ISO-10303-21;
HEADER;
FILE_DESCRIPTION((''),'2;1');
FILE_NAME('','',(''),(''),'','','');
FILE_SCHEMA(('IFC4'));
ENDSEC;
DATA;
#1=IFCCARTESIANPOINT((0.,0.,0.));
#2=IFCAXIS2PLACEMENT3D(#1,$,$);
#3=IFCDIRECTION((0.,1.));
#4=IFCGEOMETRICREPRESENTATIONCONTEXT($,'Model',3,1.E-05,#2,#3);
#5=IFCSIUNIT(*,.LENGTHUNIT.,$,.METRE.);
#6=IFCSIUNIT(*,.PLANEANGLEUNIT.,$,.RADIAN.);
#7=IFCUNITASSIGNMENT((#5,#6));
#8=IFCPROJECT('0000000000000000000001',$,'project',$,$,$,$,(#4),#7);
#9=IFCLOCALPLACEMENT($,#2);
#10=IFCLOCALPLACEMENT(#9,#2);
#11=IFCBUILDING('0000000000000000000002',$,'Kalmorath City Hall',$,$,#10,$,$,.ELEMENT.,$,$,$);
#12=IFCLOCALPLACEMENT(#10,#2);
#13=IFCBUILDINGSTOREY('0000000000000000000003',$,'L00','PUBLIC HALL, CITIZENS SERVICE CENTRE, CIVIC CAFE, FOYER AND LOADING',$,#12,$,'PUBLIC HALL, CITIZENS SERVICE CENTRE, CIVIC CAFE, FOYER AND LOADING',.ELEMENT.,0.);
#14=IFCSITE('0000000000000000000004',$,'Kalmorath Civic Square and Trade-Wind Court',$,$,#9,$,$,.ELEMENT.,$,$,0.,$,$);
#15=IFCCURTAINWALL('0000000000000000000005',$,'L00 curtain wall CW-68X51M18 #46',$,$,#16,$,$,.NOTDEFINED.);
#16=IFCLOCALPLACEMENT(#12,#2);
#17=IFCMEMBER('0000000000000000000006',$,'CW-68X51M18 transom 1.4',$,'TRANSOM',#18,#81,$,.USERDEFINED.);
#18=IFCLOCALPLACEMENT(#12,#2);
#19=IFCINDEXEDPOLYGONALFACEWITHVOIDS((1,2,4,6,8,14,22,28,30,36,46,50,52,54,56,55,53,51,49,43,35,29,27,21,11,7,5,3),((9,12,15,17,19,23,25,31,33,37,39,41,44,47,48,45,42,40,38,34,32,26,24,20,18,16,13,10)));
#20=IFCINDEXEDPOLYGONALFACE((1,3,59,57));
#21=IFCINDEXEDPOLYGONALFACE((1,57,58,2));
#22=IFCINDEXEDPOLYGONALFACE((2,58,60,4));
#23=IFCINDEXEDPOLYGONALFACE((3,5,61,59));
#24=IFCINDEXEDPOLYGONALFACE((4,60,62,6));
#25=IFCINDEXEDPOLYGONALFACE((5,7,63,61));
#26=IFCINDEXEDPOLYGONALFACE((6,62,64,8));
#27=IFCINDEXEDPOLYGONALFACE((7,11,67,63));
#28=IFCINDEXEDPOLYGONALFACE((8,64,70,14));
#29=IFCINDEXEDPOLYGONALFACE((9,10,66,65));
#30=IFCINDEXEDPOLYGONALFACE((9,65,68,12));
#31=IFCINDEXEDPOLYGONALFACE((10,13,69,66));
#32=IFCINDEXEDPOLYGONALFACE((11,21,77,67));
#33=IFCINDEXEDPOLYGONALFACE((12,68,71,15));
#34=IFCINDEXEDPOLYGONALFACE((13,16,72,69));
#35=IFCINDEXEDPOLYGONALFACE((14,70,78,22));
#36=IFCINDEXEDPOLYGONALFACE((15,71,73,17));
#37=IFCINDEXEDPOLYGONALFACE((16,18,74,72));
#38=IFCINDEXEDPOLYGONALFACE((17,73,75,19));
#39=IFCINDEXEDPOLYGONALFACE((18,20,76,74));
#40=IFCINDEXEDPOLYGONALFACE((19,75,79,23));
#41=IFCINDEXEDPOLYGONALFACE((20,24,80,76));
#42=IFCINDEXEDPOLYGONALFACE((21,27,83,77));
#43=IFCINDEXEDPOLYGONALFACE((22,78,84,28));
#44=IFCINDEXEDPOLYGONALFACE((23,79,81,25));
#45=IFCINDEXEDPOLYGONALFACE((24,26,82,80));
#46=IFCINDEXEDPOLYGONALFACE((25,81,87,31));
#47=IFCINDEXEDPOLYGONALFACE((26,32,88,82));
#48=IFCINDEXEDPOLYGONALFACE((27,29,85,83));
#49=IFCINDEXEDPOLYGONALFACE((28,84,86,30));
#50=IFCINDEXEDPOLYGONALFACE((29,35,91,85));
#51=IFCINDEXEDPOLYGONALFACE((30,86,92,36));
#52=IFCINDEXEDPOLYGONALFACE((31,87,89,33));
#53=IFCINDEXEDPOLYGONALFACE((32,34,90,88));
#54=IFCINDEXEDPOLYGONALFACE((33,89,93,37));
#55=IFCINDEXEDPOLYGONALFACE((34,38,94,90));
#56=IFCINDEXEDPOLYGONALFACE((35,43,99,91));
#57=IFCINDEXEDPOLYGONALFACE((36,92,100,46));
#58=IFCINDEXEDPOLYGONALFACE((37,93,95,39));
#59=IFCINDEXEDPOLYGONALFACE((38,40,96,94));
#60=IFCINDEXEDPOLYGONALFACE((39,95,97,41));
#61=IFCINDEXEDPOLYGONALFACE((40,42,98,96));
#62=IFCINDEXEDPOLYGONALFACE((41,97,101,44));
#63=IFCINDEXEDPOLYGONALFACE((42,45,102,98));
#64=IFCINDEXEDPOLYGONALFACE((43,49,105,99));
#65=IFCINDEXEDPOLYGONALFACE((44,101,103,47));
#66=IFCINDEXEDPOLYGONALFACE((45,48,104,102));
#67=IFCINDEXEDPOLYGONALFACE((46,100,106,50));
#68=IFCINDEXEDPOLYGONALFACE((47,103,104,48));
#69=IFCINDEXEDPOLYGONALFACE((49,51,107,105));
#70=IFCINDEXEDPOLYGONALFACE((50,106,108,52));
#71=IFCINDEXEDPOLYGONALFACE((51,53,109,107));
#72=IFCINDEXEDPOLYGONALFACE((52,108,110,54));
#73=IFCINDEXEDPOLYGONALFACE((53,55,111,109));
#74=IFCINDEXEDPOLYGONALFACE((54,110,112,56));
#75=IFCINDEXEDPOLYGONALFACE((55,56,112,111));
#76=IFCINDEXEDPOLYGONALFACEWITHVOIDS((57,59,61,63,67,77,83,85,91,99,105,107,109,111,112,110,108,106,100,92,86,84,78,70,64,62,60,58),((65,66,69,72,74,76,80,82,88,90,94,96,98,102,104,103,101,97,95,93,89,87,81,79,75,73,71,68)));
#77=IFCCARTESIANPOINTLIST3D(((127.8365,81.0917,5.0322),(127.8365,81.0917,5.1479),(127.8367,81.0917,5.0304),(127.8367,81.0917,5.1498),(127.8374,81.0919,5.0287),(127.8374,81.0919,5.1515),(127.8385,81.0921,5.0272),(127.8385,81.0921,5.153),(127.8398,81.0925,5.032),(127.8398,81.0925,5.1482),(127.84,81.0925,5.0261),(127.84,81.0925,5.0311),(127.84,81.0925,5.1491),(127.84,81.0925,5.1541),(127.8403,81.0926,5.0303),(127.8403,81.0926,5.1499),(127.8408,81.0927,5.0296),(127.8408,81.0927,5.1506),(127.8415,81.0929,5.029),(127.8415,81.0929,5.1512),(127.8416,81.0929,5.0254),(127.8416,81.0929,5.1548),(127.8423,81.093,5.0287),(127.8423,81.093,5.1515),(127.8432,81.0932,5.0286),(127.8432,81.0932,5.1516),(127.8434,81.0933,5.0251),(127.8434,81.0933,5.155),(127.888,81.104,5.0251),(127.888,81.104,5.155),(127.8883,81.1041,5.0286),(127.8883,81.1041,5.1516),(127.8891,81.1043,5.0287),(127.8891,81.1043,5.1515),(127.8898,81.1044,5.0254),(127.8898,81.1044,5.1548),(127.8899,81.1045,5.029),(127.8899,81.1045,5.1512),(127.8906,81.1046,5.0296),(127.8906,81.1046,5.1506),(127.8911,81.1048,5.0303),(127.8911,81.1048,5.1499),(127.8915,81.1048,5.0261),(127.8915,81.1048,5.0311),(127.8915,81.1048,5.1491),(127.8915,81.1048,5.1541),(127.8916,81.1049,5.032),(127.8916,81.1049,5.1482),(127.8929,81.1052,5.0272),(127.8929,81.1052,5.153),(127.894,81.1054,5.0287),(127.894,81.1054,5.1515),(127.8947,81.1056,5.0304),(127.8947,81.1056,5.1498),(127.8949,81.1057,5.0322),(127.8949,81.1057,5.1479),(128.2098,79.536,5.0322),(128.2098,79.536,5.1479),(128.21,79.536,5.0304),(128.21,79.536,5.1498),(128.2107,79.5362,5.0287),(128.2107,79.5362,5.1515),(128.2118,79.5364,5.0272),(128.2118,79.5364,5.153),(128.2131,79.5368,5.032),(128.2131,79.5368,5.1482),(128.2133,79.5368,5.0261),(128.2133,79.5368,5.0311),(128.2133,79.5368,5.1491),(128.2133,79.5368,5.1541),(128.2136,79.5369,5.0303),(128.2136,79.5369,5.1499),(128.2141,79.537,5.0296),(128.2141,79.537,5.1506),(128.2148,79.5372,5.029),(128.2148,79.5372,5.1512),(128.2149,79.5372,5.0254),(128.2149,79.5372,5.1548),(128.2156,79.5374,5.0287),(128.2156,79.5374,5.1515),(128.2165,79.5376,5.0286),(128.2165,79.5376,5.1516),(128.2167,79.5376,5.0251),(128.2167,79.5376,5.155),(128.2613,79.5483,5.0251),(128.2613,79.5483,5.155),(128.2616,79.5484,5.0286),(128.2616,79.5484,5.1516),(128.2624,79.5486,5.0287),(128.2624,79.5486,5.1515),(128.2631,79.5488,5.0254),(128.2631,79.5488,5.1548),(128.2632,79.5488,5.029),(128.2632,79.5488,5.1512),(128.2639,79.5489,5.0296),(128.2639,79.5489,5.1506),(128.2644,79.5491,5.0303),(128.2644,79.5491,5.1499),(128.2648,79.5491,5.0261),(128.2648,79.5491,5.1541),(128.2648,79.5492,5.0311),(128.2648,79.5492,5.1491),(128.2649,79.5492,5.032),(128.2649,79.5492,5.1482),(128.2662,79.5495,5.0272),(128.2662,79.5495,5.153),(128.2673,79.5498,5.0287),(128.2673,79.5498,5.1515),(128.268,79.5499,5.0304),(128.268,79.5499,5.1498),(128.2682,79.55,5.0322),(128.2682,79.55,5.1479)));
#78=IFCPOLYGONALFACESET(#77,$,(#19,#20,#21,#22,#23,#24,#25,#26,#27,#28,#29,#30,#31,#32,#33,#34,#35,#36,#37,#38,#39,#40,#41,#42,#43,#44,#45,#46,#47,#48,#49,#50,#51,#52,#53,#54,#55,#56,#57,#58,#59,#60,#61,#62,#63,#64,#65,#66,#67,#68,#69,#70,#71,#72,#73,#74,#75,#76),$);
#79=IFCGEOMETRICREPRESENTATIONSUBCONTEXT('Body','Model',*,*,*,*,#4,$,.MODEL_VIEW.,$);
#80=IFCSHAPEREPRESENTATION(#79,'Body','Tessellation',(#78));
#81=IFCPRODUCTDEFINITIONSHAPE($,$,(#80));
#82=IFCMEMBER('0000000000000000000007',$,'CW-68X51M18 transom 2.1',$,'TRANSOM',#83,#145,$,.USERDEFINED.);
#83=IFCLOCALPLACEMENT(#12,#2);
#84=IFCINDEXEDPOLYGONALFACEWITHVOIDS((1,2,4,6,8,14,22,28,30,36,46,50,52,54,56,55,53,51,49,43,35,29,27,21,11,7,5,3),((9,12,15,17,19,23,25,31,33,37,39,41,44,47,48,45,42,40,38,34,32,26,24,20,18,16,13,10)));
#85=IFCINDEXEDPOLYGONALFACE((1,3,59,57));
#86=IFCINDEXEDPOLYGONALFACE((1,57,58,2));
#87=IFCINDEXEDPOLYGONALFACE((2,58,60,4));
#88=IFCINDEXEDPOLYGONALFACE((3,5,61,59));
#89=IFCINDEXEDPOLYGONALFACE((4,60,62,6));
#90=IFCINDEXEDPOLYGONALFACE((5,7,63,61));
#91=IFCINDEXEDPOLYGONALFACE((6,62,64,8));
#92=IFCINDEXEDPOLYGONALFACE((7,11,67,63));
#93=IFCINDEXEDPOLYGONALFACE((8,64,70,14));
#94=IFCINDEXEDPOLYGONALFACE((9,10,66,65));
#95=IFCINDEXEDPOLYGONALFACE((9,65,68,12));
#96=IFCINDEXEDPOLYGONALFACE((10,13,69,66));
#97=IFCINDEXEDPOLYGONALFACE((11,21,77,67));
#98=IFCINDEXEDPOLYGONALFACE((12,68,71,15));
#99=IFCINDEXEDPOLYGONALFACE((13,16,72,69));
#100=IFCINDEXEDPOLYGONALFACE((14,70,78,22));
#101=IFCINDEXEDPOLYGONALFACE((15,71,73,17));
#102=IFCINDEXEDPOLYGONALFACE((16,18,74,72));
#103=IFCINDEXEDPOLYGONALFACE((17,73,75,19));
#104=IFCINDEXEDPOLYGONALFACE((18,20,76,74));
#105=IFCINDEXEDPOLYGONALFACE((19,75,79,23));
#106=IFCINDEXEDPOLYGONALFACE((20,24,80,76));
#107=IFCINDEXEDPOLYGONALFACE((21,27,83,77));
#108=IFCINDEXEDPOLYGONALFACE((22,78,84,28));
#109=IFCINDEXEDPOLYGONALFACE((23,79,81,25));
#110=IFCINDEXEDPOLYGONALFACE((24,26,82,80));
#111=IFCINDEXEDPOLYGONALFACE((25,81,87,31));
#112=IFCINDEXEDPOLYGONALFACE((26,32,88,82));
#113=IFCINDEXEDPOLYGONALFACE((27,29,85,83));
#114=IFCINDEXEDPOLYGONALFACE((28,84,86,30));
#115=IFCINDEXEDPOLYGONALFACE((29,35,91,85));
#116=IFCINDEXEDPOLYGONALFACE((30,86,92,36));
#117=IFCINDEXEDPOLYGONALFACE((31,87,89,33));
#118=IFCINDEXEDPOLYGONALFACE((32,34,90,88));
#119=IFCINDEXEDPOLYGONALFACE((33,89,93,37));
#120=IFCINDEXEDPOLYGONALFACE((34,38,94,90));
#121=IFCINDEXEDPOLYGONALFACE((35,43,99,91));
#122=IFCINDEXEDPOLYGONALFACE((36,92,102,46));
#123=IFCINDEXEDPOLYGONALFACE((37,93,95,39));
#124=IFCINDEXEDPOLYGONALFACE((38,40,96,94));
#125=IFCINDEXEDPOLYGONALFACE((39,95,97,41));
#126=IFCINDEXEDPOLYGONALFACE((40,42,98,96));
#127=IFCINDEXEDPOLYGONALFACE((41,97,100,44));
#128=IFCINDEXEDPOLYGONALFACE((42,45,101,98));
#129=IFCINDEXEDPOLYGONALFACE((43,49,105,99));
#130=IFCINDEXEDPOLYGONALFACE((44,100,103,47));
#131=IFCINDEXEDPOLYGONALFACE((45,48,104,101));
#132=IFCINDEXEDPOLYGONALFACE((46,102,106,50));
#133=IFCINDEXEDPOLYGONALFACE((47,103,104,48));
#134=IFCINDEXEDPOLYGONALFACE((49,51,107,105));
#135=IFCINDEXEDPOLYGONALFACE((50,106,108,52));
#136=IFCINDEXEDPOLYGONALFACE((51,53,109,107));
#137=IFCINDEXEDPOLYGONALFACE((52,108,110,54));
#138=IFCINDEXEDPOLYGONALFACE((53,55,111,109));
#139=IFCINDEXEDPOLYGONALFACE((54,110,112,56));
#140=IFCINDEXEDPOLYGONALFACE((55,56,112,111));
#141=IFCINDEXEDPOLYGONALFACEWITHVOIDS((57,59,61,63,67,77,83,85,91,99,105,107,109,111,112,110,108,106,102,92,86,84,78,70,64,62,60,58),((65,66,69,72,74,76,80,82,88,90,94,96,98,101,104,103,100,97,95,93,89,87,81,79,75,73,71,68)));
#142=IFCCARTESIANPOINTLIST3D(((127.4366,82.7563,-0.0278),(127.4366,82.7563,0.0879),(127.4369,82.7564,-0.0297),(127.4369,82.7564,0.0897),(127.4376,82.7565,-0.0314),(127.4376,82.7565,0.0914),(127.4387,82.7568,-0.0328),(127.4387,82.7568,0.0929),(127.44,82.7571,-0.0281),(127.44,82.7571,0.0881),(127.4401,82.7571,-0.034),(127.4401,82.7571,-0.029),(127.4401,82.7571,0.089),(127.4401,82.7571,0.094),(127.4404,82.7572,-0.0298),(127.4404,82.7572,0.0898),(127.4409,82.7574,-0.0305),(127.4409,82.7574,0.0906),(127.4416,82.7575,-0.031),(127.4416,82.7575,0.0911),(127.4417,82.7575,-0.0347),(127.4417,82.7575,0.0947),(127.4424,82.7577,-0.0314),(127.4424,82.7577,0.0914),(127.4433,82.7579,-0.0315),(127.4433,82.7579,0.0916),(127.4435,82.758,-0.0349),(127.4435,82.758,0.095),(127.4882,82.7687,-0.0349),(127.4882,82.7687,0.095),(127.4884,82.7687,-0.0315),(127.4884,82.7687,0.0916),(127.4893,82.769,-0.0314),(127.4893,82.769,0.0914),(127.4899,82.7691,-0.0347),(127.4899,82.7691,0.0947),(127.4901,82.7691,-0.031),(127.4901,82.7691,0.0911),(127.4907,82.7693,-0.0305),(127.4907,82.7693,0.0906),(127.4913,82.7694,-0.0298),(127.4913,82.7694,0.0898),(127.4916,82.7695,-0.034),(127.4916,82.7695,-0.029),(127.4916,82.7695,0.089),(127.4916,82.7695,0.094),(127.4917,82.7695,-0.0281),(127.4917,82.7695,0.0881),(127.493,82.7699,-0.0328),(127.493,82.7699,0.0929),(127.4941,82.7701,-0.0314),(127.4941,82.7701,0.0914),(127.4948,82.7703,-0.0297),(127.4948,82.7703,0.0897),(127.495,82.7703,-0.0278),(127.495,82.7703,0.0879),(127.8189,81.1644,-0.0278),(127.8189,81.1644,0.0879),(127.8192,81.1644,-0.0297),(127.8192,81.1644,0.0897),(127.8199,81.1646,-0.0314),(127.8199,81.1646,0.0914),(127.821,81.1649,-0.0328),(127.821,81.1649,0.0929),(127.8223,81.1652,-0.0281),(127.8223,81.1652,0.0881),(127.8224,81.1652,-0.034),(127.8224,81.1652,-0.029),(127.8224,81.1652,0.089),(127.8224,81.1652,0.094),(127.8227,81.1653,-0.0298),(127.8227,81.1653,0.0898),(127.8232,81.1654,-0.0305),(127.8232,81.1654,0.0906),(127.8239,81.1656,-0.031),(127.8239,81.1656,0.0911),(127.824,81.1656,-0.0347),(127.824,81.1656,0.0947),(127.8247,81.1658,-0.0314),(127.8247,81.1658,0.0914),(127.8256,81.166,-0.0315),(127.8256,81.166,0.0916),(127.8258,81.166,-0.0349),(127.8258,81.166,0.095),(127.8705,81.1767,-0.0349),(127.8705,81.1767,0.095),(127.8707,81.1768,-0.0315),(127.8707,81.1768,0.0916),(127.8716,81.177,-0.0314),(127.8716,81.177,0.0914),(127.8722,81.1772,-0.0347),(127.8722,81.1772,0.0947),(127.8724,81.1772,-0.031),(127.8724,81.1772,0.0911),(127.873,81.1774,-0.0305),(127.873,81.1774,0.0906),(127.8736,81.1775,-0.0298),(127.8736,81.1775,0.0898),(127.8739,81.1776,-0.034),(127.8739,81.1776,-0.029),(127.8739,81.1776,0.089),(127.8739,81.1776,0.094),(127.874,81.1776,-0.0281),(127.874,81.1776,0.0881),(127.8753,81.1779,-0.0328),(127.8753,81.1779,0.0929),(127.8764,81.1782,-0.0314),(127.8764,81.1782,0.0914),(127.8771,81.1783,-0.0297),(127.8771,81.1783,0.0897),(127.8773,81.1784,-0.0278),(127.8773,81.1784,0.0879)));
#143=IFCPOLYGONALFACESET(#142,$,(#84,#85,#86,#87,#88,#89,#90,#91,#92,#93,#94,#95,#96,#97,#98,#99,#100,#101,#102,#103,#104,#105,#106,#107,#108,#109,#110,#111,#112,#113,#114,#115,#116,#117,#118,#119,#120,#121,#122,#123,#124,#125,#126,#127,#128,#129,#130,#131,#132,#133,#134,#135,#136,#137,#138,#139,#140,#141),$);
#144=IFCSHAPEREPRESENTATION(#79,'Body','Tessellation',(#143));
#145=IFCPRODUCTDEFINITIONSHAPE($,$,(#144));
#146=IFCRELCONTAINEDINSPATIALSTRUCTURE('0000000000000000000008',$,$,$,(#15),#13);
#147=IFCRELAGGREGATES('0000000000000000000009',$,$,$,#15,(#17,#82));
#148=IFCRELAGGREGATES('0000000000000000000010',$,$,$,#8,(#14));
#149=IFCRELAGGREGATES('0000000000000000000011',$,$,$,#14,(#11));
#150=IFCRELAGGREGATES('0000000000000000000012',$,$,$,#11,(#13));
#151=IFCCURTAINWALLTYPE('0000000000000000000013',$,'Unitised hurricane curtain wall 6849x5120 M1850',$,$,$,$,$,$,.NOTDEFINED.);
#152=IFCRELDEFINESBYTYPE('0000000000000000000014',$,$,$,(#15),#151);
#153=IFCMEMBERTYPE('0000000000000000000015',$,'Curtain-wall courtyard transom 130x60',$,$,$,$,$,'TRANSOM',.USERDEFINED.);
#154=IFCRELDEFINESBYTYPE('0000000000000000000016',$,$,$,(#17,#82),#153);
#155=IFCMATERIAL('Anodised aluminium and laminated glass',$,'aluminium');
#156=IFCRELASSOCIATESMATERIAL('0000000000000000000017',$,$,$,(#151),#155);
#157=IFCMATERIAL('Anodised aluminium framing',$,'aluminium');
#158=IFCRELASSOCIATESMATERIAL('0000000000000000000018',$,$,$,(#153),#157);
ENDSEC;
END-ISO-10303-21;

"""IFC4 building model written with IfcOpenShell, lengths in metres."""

from ifc_helpers import new_model, si_unit, direction, frame, origin, origin_2d, place, context, subcontext, project, spatial, hollow_rectangle, extrude, material, material_profile, profile_set, type_object, element, aggregate, save


model = new_model("IFC4")

# Units and contexts
model_context = context("Model", 3, precision=1e-05, world=origin(), true_north=direction((0.0, 1.0)))
body_context = subcontext(model_context, "Body", "Model", "MODEL_VIEW")
ifc_project = project(units=[si_unit("LENGTHUNIT", "METRE"), si_unit("PLANEANGLEUNIT", "RADIAN")], contexts=[model_context])

# Site, building, storey
site_placement = place(None, origin())
site = spatial("IfcSite", under=ifc_project, at=site_placement, Name="Kalmorath Civic Square and Trade-Wind Court", CompositionType="ELEMENT", RefElevation=0.0)
building_placement = place(site_placement, origin())
building = spatial("IfcBuilding", under=site, at=building_placement, Name="Kalmorath City Hall", CompositionType="ELEMENT")
storey_placement = place(building_placement, origin())
storey = spatial("IfcBuildingStorey", under=building, at=storey_placement, Name="L00", Description="PUBLIC HALL, CITIZENS SERVICE CENTRE, CIVIC CAFE, FOYER AND LOADING", LongName="PUBLIC HALL, CITIZENS SERVICE CENTRE, CIVIC CAFE, FOYER AND LOADING", CompositionType="ELEMENT", Elevation=0.0)

# Curtain wall, members
ifc_material_1 = material(Name="Anodised aluminium and laminated glass", Category="aluminium")
curtain_wall_type = type_object("IfcCurtainWallType", Name="Unitised hurricane curtain wall 6849x5120 M1850", PredefinedType="NOTDEFINED", material=ifc_material_1)
ifc_material_2 = material(Name="Anodised aluminium framing", Category="aluminium")
ifc_material_profile_1 = material_profile(ifc_material_2, hollow_rectangle(XDim=0.0601, YDim=0.1299, WallThickness=0.0034, InnerFilletRadius=0.0034, OuterFilletRadius=0.0071, at=origin_2d()), Name="ALU-TRN-130X60X3.5")
ifc_profile_set_1 = profile_set([ifc_material_profile_1], Name="Anodised aluminium framing")
member_type_1 = type_object("IfcMemberType", Name="Curtain-wall courtyard transom 130x60", ElementType="TRANSOM", PredefinedType="USERDEFINED", material=ifc_profile_set_1)
curtain_wall_1_placement = place(storey_placement, origin())
curtain_wall_1 = element("IfcCurtainWall", 1, at=curtain_wall_1_placement, inside=storey, type_object=curtain_wall_type, Name="L00 curtain wall CW-68X51M18 #46", PredefinedType="NOTDEFINED")
member_1_placement = place(storey_placement, frame((128.239, 79.543, 5.0901), z_axis=(-0.233333, 0.972397, 0.0), x_axis=(-0.972397, -0.233333, 0.0)))
member_1 = element("IfcMember", 2, at=member_1_placement, type_object=member_type_1, Name="CW-68X51M18 transom 1.4", ObjectType="TRANSOM", PredefinedType="USERDEFINED", context=body_context, shape_type="SweptSolid", body=[
    extrude(hollow_rectangle(XDim=0.0601, YDim=0.1299, WallThickness=0.0034, InnerFilletRadius=0.0034, OuterFilletRadius=0.0071, at=origin_2d()), origin(), (0.0, 0.0, 1.0), 1.5999),
])
member_2_placement = place(storey_placement, frame((127.8481, 81.1714, 0.03), z_axis=(-0.233508, 0.972355, 0.0), x_axis=(-0.972355, -0.233508, 0.0)))
member_2 = element("IfcMember", 3, at=member_2_placement, type_object=member_type_1, Name="CW-68X51M18 transom 2.1", ObjectType="TRANSOM", PredefinedType="USERDEFINED", context=body_context, shape_type="SweptSolid", body=[
    extrude(hollow_rectangle(XDim=0.0601, YDim=0.1299, WallThickness=0.0034, InnerFilletRadius=0.0034, OuterFilletRadius=0.0071, at=origin_2d()), origin(), (0.0, 0.0, 1.0), 1.6372),
])

aggregate(curtain_wall_1, [member_1, member_2])

save(model, "model.ifc")
